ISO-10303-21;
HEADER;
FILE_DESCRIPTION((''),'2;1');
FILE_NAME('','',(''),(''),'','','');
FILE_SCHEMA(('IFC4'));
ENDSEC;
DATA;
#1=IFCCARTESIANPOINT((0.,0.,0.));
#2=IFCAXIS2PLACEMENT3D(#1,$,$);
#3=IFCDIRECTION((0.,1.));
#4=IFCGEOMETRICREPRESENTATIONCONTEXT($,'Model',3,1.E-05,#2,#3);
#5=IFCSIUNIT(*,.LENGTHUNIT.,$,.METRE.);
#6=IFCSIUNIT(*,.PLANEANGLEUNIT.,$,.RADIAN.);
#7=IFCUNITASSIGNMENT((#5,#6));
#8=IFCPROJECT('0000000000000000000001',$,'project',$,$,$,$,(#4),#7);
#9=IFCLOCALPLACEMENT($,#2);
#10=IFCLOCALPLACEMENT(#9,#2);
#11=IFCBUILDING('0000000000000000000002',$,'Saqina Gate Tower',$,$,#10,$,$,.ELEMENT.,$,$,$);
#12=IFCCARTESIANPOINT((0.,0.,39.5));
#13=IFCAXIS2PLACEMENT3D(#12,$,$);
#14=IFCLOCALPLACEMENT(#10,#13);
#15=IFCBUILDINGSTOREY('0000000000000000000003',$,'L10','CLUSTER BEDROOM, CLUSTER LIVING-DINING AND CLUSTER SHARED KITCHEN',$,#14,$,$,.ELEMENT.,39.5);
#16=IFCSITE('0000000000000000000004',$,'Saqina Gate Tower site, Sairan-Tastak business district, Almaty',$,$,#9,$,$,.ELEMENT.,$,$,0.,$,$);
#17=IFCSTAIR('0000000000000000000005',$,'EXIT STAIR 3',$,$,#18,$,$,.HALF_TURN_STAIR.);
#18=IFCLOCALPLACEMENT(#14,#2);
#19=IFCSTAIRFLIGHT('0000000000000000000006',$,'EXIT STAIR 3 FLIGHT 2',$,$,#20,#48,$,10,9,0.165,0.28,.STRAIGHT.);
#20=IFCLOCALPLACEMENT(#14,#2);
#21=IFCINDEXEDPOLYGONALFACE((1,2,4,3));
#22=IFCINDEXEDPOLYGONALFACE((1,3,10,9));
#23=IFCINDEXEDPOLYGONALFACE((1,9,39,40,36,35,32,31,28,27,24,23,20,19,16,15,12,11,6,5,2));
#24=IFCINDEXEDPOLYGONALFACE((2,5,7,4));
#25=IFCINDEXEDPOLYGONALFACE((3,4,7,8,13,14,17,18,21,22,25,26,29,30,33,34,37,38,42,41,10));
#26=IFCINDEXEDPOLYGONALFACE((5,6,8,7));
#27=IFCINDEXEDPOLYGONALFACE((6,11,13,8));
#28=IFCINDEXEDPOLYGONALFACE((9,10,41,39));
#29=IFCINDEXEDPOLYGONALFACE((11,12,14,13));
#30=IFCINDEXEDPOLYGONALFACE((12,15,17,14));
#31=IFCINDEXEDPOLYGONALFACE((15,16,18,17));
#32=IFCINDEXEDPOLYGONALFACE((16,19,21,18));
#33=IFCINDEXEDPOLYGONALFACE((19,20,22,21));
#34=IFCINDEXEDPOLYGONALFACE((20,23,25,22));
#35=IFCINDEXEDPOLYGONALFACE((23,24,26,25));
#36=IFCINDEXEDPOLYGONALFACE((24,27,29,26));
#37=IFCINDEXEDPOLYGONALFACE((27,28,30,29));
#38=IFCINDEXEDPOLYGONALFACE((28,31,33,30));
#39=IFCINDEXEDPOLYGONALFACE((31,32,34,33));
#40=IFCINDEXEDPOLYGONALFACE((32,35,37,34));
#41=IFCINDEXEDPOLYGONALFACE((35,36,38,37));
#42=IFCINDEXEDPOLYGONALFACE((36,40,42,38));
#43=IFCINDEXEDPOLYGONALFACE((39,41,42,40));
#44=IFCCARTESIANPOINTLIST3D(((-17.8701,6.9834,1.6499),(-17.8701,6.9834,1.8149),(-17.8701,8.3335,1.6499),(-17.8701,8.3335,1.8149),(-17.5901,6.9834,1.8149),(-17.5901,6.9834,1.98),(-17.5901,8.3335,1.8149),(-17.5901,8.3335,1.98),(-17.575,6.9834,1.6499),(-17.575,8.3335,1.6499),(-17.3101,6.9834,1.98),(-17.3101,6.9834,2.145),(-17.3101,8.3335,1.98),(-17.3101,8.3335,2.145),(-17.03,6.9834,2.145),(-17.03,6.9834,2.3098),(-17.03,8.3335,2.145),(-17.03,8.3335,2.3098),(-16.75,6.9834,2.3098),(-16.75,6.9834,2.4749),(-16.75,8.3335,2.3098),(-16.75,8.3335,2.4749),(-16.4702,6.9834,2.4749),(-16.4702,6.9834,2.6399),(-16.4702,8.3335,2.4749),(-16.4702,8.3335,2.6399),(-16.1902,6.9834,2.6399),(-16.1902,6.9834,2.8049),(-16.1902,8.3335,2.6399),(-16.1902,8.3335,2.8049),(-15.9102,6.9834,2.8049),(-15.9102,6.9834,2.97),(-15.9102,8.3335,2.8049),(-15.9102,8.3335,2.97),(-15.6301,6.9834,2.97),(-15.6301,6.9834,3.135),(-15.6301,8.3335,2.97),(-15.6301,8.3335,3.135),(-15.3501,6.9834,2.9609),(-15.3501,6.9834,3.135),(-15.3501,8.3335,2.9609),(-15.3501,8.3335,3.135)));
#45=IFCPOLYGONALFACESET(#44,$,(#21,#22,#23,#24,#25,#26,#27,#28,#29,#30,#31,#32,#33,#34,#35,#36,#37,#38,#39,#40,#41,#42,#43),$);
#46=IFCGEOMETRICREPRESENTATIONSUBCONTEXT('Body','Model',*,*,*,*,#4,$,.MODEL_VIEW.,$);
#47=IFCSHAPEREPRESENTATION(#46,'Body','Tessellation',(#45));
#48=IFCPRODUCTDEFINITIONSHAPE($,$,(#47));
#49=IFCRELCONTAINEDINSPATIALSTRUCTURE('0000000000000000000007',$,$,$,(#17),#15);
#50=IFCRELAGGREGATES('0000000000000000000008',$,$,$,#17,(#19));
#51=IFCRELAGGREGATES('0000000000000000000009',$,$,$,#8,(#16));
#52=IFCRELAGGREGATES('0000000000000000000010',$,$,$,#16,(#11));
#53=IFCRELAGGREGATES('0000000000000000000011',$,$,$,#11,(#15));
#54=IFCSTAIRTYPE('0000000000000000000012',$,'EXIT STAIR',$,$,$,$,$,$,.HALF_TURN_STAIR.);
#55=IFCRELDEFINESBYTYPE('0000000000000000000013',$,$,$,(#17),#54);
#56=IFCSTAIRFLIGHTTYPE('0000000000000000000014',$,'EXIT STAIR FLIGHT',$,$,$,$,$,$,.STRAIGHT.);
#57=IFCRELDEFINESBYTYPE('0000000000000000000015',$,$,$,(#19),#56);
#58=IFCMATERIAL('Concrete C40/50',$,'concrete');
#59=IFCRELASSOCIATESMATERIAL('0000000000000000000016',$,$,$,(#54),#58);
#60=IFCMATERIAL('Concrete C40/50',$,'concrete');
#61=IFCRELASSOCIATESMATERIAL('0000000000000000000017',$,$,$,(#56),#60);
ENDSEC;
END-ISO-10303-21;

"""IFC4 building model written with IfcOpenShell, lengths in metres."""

from ifc_helpers import new_model, si_unit, direction, frame, origin, place, context, subcontext, project, spatial, polyline, outline, extrude, material, type_object, element, aggregate, save


model = new_model("IFC4")

# Units and contexts
model_context = context("Model", 3, precision=1e-05, world=origin(), true_north=direction((0.0, 1.0)))
body_context = subcontext(model_context, "Body", "Model", "MODEL_VIEW")
ifc_project = project(units=[si_unit("LENGTHUNIT", "METRE"), si_unit("PLANEANGLEUNIT", "RADIAN")], contexts=[model_context])

# Site, building, storey
site_placement = place(None, origin())
site = spatial("IfcSite", under=ifc_project, at=site_placement, Name="Saqina Gate Tower site, Sairan-Tastak business district, Almaty", CompositionType="ELEMENT", RefElevation=0.0)
building_placement = place(site_placement, origin())
building = spatial("IfcBuilding", under=site, at=building_placement, Name="Saqina Gate Tower", CompositionType="ELEMENT")
storey_placement = place(building_placement, frame((0.0, 0.0, 39.5)))
storey = spatial("IfcBuildingStorey", under=building, at=storey_placement, Name="L10", Description="CLUSTER BEDROOM, CLUSTER LIVING-DINING AND CLUSTER SHARED KITCHEN", CompositionType="ELEMENT", Elevation=39.5)

# Stair, stair flight
ifc_material_1 = material(Name="Concrete C40/50", Category="concrete")
stair_type = type_object("IfcStairType", Name="EXIT STAIR", PredefinedType="HALF_TURN_STAIR", material=ifc_material_1)
stair_placement = place(storey_placement, origin())
stair = element("IfcStair", 1, at=stair_placement, inside=storey, type_object=stair_type, Name="EXIT STAIR 3", PredefinedType="HALF_TURN_STAIR")
ifc_material_2 = material(Name="Concrete C40/50", Category="concrete")
stair_flight_type = type_object("IfcStairFlightType", Name="EXIT STAIR FLIGHT", PredefinedType="STRAIGHT", material=ifc_material_2)
stair_flight_placement = place(storey_placement, frame((-17.8701, 7.6584, 1.6499), z_axis=(0.0, 0.0, 1.0), x_axis=(1.0, 0.0, 0.0)))
stair_flight = element("IfcStairFlight", 2, at=stair_flight_placement, type_object=stair_flight_type, Name="EXIT STAIR 3 FLIGHT 2", NumberOfRisers=10, NumberOfTreads=9, PredefinedType="STRAIGHT", RiserHeight=0.165, TreadLength=0.28, context=body_context, shape_type="SweptSolid", body=[
    extrude(outline(polyline([(0.0, 0.0), (0.0, 0.165), (0.28, 0.165), (0.28, 0.3301), (0.5601, 0.3301), (0.5601, 0.4951), (0.8401, 0.4951), (0.8401, 0.6599), (1.1201, 0.6599), (1.1201, 0.825), (1.3999, 0.825), (1.3999, 0.99), (1.6799, 0.99), (1.6799, 1.155), (1.96, 1.155), (1.96, 1.3201), (2.24, 1.3201), (2.24, 1.4851), (2.52, 1.4851), (2.52, 1.6499), (2.52, 1.311), (0.2952, 0.0), (0.0, 0.0)])), frame((0.0, 0.675, 0.0), z_axis=(0.0, -1.0, 0.0), x_axis=(1.0, 0.0, 0.0)), (0.0, 0.0, 1.0), 1.3501),
])
aggregate(stair, [stair_flight])

save(model, "model.ifc")
